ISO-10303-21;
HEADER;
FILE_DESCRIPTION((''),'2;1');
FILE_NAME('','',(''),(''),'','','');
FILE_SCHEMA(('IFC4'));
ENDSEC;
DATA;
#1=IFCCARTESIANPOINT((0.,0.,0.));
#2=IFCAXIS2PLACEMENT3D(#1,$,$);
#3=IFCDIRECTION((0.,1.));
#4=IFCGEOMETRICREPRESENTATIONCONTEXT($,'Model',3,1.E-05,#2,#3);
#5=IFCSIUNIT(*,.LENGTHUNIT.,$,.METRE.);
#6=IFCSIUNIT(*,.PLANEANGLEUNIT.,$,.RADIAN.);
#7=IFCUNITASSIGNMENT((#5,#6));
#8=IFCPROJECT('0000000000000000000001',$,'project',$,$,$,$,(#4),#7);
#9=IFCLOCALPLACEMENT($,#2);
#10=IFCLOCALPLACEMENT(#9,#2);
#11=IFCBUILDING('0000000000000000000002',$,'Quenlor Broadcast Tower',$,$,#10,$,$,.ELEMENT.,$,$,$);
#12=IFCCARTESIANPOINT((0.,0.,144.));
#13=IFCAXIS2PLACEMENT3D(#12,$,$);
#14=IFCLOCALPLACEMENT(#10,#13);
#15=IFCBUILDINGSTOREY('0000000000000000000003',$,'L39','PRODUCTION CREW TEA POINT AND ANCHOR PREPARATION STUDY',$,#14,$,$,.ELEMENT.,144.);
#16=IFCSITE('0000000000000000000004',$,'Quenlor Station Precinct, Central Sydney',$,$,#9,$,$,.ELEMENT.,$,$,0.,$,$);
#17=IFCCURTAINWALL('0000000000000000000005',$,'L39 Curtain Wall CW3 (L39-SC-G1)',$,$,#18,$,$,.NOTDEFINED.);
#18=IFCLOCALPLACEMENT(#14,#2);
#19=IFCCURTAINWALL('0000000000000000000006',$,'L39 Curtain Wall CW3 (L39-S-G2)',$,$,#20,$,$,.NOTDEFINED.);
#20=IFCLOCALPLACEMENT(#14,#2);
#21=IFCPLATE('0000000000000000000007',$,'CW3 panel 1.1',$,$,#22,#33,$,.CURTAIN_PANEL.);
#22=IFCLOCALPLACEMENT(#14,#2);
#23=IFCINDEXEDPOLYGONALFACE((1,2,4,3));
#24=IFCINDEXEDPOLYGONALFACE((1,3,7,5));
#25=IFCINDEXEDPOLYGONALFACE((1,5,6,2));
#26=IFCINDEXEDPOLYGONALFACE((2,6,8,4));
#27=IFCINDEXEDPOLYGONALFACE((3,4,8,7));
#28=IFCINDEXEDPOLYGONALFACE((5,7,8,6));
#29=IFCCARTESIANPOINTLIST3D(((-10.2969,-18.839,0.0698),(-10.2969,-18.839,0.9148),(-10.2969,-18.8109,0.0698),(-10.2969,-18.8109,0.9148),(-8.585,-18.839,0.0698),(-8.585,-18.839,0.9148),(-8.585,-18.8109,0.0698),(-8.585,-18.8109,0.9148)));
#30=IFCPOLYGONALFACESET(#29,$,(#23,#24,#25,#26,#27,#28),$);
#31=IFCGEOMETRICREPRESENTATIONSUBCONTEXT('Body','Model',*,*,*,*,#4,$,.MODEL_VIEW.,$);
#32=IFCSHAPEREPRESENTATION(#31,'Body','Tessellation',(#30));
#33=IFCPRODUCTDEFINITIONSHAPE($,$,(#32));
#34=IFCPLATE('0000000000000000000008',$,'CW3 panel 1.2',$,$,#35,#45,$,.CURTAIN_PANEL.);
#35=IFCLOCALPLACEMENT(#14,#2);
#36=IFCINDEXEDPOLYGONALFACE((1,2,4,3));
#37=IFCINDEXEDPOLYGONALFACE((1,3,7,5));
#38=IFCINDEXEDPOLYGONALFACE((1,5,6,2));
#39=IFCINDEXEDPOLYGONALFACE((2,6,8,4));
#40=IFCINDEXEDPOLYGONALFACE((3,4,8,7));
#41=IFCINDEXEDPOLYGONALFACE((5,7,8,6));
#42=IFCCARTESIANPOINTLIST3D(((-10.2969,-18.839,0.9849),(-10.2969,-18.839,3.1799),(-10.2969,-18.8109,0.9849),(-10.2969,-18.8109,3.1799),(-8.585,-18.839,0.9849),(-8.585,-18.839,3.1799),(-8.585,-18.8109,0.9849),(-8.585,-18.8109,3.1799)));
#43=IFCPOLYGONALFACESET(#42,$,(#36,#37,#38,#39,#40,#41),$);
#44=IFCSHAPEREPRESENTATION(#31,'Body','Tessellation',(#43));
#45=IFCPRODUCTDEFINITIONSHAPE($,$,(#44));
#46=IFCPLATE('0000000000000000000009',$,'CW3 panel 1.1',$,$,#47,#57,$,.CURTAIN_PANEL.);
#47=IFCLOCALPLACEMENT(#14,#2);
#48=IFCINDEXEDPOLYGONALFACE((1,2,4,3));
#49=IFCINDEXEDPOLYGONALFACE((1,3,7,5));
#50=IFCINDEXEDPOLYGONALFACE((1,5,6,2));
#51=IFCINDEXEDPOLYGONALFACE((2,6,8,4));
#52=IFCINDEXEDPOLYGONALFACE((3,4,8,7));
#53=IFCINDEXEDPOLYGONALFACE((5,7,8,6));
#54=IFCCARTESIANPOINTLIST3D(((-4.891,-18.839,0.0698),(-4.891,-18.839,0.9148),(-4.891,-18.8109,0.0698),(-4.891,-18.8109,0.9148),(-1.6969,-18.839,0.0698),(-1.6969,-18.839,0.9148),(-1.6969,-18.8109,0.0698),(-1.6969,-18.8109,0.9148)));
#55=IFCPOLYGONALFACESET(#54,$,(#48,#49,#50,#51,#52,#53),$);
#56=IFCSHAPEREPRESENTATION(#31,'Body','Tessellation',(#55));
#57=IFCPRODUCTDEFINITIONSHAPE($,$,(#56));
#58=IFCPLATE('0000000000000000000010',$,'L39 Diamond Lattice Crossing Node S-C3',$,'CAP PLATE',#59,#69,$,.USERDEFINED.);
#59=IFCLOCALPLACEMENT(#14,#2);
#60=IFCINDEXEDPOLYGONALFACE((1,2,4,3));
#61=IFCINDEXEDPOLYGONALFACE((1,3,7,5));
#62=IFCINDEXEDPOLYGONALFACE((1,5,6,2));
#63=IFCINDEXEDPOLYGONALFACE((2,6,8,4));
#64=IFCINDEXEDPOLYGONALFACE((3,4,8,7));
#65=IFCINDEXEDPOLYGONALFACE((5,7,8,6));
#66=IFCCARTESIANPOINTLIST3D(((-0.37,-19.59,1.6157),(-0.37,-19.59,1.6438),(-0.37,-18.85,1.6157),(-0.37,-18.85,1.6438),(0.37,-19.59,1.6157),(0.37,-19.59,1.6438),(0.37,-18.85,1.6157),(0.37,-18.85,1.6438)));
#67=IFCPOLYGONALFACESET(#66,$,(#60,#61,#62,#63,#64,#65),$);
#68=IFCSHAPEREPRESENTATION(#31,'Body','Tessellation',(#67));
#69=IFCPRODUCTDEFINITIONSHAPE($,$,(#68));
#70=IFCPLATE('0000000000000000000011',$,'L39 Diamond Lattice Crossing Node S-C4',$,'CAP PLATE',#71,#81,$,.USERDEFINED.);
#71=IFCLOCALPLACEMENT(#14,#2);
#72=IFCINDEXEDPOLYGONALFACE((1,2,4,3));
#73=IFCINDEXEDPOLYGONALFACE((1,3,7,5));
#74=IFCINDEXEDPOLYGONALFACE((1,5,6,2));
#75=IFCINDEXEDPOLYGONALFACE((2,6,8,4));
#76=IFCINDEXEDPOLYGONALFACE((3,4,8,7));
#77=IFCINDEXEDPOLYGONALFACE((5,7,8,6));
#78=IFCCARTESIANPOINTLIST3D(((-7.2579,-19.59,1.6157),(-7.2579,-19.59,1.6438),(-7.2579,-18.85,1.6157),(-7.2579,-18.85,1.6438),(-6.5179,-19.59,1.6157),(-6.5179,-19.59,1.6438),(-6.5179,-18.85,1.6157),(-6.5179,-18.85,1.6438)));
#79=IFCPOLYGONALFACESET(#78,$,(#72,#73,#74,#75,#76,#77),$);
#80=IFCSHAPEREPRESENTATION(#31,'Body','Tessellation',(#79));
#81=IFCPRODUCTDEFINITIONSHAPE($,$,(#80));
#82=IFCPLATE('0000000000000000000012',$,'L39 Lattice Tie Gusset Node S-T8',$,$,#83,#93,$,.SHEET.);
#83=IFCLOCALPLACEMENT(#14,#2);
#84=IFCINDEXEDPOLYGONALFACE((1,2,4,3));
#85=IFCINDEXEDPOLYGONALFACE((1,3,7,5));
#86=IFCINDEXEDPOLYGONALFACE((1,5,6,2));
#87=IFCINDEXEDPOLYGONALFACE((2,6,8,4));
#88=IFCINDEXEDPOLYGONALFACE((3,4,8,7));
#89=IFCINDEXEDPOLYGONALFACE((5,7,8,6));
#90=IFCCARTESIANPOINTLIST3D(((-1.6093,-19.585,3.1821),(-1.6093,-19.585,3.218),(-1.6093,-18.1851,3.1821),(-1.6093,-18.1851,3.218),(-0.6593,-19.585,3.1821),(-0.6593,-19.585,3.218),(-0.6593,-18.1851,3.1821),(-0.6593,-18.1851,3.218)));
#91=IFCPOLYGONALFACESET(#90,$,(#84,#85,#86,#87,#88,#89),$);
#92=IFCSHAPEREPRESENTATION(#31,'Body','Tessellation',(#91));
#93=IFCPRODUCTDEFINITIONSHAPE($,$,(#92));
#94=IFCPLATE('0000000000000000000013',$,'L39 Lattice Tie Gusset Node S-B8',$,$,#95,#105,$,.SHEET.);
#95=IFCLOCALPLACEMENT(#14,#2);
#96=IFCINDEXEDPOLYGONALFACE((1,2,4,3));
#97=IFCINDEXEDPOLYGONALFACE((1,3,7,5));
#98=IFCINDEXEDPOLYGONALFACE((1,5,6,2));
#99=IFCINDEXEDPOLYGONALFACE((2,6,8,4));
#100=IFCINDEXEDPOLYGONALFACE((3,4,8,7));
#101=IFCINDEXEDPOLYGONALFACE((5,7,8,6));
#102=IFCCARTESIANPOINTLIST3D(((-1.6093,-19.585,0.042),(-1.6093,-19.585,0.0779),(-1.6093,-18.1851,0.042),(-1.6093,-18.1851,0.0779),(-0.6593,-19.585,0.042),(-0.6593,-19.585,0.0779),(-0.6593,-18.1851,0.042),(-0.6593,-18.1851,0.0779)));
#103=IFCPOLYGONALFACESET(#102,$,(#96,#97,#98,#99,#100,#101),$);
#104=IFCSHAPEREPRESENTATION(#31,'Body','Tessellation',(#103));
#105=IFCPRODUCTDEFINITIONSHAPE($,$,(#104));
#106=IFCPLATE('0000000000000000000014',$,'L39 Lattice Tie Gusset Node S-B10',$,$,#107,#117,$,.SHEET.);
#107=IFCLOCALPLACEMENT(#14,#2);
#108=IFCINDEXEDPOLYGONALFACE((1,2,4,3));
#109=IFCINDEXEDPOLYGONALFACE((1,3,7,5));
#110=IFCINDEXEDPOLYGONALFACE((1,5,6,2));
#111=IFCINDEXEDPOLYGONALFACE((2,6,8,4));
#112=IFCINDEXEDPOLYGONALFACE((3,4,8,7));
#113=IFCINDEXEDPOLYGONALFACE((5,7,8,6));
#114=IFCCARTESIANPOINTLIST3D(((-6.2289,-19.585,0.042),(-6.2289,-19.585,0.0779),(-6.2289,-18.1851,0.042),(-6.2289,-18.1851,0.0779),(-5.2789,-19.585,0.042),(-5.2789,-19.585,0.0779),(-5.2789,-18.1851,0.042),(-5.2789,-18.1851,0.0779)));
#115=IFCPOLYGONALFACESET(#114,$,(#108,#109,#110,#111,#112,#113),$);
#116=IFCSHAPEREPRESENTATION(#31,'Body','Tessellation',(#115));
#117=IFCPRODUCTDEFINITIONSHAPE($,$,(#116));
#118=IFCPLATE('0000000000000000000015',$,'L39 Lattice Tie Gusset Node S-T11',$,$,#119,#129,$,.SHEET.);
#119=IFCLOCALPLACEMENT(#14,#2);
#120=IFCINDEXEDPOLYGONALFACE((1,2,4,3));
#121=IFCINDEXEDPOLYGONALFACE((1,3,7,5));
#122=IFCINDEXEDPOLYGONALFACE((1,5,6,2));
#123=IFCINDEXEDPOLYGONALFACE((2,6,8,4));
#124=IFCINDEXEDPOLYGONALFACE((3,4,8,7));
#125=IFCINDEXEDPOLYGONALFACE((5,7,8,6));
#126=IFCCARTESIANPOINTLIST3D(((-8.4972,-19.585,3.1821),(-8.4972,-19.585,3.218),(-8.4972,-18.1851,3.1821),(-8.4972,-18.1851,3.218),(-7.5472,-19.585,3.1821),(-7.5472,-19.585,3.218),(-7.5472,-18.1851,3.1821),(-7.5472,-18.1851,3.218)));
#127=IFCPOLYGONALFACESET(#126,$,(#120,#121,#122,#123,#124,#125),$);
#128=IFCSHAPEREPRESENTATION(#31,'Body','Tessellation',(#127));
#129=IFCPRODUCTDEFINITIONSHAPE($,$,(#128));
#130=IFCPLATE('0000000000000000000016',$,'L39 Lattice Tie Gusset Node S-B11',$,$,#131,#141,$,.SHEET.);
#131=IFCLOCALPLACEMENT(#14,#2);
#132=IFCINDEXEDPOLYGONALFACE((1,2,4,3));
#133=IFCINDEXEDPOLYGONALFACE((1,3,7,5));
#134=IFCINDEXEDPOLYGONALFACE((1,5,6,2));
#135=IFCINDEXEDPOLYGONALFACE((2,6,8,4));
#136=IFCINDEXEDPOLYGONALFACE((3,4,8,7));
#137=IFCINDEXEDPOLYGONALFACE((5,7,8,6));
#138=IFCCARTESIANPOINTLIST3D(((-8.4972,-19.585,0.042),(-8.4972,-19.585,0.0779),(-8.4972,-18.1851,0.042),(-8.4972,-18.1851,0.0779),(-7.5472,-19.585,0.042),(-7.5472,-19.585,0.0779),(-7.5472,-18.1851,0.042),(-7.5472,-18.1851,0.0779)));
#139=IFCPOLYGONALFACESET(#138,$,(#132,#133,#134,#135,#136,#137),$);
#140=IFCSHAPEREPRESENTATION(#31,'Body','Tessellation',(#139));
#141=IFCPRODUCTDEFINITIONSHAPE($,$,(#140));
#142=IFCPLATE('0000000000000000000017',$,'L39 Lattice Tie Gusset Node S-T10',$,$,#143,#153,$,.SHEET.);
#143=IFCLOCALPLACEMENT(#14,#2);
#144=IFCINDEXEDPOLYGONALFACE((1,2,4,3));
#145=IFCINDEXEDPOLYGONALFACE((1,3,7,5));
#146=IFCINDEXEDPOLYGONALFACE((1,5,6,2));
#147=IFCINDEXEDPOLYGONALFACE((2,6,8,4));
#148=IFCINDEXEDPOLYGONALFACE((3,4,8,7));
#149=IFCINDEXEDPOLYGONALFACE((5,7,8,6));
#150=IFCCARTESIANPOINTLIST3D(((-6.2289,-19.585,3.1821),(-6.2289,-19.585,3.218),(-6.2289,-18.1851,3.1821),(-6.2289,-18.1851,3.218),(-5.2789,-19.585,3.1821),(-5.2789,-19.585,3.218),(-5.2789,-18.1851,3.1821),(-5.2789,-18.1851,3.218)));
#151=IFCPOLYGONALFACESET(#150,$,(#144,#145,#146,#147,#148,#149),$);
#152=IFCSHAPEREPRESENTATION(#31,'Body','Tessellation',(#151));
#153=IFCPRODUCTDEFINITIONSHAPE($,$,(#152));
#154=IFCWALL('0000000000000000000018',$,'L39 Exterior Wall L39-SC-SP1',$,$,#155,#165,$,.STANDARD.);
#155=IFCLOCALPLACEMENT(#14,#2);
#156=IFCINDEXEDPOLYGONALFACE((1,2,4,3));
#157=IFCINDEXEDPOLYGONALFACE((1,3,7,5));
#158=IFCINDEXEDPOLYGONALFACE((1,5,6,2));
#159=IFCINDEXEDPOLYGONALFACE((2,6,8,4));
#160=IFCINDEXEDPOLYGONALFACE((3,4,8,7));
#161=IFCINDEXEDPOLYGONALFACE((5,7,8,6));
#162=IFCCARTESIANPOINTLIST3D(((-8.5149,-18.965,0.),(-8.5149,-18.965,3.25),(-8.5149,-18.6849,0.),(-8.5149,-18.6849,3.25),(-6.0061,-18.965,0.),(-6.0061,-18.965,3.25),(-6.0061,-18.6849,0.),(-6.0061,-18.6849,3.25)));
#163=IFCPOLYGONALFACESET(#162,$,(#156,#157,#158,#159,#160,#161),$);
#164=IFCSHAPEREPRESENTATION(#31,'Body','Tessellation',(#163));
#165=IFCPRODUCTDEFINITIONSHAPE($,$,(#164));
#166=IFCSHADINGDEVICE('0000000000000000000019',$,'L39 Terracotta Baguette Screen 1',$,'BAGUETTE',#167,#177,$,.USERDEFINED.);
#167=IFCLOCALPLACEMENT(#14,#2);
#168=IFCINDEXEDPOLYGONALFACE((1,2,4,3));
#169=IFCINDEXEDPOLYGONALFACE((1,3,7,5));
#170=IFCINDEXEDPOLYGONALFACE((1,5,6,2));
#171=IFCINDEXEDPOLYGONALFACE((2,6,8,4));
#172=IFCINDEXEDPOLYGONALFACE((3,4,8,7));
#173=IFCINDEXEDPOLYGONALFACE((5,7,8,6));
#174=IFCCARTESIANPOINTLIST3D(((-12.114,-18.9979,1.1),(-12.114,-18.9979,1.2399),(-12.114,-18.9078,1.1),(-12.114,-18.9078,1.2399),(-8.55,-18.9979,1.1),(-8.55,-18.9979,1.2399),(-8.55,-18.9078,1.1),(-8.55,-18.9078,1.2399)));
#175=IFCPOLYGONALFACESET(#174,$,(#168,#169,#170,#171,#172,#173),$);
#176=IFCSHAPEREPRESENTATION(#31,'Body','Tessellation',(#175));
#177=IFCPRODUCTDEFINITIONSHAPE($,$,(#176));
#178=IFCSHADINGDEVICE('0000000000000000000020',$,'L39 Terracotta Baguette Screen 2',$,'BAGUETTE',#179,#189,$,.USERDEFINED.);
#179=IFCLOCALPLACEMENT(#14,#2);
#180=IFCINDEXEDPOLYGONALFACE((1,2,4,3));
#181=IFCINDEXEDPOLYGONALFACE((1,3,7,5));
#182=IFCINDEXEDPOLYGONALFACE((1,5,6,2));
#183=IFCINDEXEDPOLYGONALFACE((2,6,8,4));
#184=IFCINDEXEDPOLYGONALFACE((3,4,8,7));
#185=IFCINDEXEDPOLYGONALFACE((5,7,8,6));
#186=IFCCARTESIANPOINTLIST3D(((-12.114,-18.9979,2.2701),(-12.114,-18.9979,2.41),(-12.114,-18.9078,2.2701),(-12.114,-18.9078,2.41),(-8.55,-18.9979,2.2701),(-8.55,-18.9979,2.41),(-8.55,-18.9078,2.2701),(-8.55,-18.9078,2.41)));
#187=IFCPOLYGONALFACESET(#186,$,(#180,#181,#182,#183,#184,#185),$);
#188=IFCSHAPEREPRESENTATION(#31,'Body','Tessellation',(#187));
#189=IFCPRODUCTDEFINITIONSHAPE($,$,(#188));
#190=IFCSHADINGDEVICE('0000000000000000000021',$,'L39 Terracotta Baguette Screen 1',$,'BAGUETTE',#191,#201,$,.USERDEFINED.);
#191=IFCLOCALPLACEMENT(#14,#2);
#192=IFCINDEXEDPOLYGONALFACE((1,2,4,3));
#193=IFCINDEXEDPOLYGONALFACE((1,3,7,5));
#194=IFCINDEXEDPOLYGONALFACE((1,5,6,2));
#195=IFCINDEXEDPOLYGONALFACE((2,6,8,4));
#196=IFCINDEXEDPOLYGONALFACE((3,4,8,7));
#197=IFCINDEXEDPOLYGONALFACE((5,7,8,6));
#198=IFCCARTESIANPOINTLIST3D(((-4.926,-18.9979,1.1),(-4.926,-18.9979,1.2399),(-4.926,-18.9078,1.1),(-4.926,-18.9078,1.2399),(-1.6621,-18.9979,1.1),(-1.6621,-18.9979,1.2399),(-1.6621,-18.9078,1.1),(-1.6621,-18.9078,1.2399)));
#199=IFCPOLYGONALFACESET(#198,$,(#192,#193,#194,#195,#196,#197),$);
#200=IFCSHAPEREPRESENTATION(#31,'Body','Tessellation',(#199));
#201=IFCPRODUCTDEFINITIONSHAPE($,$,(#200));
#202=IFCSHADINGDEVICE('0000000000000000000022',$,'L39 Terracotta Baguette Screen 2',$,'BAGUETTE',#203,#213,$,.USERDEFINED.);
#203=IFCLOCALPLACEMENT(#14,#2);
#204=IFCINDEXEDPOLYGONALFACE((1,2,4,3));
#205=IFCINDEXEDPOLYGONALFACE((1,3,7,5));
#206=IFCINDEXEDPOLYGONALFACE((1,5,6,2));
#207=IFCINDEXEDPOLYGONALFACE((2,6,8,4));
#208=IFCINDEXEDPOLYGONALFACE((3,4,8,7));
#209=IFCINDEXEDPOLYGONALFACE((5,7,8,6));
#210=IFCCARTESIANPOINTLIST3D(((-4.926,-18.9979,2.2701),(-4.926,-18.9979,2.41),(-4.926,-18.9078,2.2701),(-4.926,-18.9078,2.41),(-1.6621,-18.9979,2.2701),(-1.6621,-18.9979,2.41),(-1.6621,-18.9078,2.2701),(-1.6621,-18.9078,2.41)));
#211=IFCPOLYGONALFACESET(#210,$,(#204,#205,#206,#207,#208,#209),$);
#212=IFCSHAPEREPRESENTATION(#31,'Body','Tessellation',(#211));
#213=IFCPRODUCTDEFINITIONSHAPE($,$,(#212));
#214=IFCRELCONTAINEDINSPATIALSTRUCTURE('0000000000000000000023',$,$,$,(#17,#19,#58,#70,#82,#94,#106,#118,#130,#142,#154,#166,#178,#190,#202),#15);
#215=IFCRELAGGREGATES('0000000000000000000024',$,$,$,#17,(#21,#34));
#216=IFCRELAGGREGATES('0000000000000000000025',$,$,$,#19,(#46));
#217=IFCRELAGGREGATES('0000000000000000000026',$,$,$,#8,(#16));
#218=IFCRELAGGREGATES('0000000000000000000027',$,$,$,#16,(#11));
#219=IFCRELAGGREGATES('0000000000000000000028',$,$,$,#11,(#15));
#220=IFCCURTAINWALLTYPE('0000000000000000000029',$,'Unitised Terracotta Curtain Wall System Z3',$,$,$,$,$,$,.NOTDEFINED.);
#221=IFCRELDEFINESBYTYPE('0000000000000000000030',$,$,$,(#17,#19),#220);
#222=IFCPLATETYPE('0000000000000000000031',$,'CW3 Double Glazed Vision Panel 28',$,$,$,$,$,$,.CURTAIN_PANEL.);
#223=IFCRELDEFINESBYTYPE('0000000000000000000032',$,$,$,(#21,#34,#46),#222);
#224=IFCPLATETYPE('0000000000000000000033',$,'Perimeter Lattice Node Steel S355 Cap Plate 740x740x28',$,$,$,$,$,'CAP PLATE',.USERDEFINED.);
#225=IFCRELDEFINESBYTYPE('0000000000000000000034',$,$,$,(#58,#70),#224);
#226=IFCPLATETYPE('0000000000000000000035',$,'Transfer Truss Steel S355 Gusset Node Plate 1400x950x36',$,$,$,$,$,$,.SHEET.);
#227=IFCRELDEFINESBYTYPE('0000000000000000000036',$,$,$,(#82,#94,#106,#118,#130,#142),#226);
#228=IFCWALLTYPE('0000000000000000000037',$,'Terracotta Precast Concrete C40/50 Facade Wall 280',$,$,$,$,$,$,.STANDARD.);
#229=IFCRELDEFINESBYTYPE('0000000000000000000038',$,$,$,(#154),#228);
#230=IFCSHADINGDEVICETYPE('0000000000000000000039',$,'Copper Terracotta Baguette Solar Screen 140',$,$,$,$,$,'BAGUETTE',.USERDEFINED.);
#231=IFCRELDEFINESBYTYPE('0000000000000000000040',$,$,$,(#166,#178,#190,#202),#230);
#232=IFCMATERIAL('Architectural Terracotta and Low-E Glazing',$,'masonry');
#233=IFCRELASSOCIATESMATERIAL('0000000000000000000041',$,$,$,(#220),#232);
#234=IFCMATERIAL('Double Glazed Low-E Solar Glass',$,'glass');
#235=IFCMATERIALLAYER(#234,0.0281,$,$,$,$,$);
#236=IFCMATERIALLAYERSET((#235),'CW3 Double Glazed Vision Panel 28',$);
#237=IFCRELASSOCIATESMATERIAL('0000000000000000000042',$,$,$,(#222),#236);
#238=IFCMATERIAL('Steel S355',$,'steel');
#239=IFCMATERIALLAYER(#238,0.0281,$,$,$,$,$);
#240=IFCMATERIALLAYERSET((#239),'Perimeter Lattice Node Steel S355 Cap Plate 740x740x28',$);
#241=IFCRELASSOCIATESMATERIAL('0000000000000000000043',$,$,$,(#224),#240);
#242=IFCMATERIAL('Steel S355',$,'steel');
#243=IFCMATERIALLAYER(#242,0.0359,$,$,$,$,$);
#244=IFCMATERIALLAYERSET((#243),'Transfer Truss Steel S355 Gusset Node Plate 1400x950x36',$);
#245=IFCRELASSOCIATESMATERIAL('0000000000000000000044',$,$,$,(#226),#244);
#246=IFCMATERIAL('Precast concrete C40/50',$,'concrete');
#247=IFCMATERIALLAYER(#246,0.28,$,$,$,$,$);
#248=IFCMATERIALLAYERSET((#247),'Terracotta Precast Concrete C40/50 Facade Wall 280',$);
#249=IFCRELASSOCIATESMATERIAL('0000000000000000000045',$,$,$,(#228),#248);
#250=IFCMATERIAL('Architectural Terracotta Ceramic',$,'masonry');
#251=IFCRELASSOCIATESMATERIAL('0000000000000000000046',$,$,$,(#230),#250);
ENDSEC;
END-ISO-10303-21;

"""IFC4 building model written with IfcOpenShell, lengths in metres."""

from ifc_helpers import new_model, si_unit, direction, frame, frame_2d, origin, origin_2d, place, context, subcontext, project, spatial, rectangle, extrude, material, layer, layer_set, material_profile, profile_set, type_object, element, aggregate, save


model = new_model("IFC4")

# Units and contexts
model_context = context("Model", 3, precision=1e-05, world=origin(), true_north=direction((0.0, 1.0)))
body_context = subcontext(model_context, "Body", "Model", "MODEL_VIEW")
ifc_project = project(units=[si_unit("LENGTHUNIT", "METRE"), si_unit("PLANEANGLEUNIT", "RADIAN")], contexts=[model_context])

# Site, building, storey
site_placement = place(None, origin())
site = spatial("IfcSite", under=ifc_project, at=site_placement, Name="Quenlor Station Precinct, Central Sydney", CompositionType="ELEMENT", RefElevation=0.0)
building_placement = place(site_placement, origin())
building = spatial("IfcBuilding", under=site, at=building_placement, Name="Quenlor Broadcast Tower", CompositionType="ELEMENT")
storey_placement = place(building_placement, frame((0.0, 0.0, 144.0)))
storey = spatial("IfcBuildingStorey", under=building, at=storey_placement, Name="L39", Description="PRODUCTION CREW TEA POINT AND ANCHOR PREPARATION STUDY", CompositionType="ELEMENT", Elevation=144.0)

# Curtain wall
ifc_material_1 = material(Name="Architectural Terracotta and Low-E Glazing", Category="masonry")
curtain_wall_type = type_object("IfcCurtainWallType", Name="Unitised Terracotta Curtain Wall System Z3", PredefinedType="NOTDEFINED", material=ifc_material_1)
curtain_wall_1_placement = place(storey_placement, origin())
curtain_wall_1 = element("IfcCurtainWall", 1, at=curtain_wall_1_placement, inside=storey, type_object=curtain_wall_type, Name="L39 Curtain Wall CW3 (L39-SC-G1)", PredefinedType="NOTDEFINED")

# Curtain wall
curtain_wall_2_placement = place(storey_placement, origin())
curtain_wall_2 = element("IfcCurtainWall", 2, at=curtain_wall_2_placement, inside=storey, type_object=curtain_wall_type, Name="L39 Curtain Wall CW3 (L39-S-G2)", PredefinedType="NOTDEFINED")

# Plates
ifc_material_2 = material(Name="Double Glazed Low-E Solar Glass", Category="glass")
ifc_layer_1 = layer(ifc_material_2, 0.0281)
ifc_layer_set_1 = layer_set([ifc_layer_1], Name="CW3 Double Glazed Vision Panel 28")
plate_type_1 = type_object("IfcPlateType", Name="CW3 Double Glazed Vision Panel 28", PredefinedType="CURTAIN_PANEL", material=ifc_layer_set_1)
plate_1_placement = place(storey_placement, frame((-9.4409, -18.825, 0.0698), z_axis=(0.0, 0.0, 1.0), x_axis=(-1.0, 0.0, 0.0)))
plate_1 = element("IfcPlate", 3, at=plate_1_placement, type_object=plate_type_1, Name="CW3 panel 1.1", PredefinedType="CURTAIN_PANEL", context=body_context, shape_type="SweptSolid", body=[
    extrude(rectangle(XDim=1.7119, YDim=0.0281, at=origin_2d()), origin(), (0.0, 0.0, 1.0), 0.845),
])
plate_2_placement = place(storey_placement, frame((-9.4409, -18.825, 0.9849), z_axis=(0.0, 0.0, 1.0), x_axis=(-1.0, 0.0, 0.0)))
plate_2 = element("IfcPlate", 4, at=plate_2_placement, type_object=plate_type_1, Name="CW3 panel 1.2", PredefinedType="CURTAIN_PANEL", context=body_context, shape_type="SweptSolid", body=[
    extrude(rectangle(XDim=1.7119, YDim=0.0281, at=origin_2d()), origin(), (0.0, 0.0, 1.0), 2.1951),
])
aggregate(curtain_wall_1, [plate_1, plate_2])
plate_3_placement = place(storey_placement, frame((-3.2939, -18.825, 0.0698), z_axis=(0.0, 0.0, 1.0), x_axis=(-1.0, 0.0, 0.0)))
plate_3 = element("IfcPlate", 5, at=plate_3_placement, type_object=plate_type_1, Name="CW3 panel 1.1", PredefinedType="CURTAIN_PANEL", context=body_context, shape_type="SweptSolid", body=[
    extrude(rectangle(XDim=3.1941, YDim=0.0281, at=origin_2d()), origin(), (0.0, 0.0, 1.0), 0.845),
])
aggregate(curtain_wall_2, [plate_3])

# Plates
ifc_material_3 = material(Name="Steel S355", Category="steel")
ifc_layer_2 = layer(ifc_material_3, 0.0281)
ifc_layer_set_2 = layer_set([ifc_layer_2], Name="Perimeter Lattice Node Steel S355 Cap Plate 740x740x28")
plate_type_2 = type_object("IfcPlateType", Name="Perimeter Lattice Node Steel S355 Cap Plate 740x740x28", ElementType="CAP PLATE", PredefinedType="USERDEFINED", material=ifc_layer_set_2)
for number, where, z_axis, x_axis, name in (
    (6, (0.0, -19.22, 1.6157), (0.0, 0.0, 1.0), (-1.0, 0.0, 0.0), "L39 Diamond Lattice Crossing Node S-C3"),
    (7, (-6.8879, -19.22, 1.6157), (0.0, 0.0, 1.0), (-1.0, 0.0, 0.0), "L39 Diamond Lattice Crossing Node S-C4"),
):
    element("IfcPlate", number, at=place(storey_placement, frame(where, z_axis=z_axis, x_axis=x_axis)), inside=storey, type_object=plate_type_2, Name=name, ObjectType="CAP PLATE", PredefinedType="USERDEFINED", context=body_context, shape_type="SweptSolid", body=[
        extrude(rectangle(XDim=0.74, YDim=0.74, at=origin_2d()), origin(), (0.0, 0.0, 1.0), 0.0281),
    ])
ifc_material_4 = material(Name="Steel S355", Category="steel")
ifc_layer_3 = layer(ifc_material_4, 0.0359)
ifc_layer_set_3 = layer_set([ifc_layer_3], Name="Transfer Truss Steel S355 Gusset Node Plate 1400x950x36")
plate_type_3 = type_object("IfcPlateType", Name="Transfer Truss Steel S355 Gusset Node Plate 1400x950x36", PredefinedType="SHEET", material=ifc_layer_set_3)
for number, where, z_axis, x_axis, name in (
    (8, (-1.1343, -18.885, 3.1821), (0.0, 0.0, 1.0), (0.0, -1.0, 0.0), "L39 Lattice Tie Gusset Node S-T8"),
    (9, (-1.1343, -18.885, 0.042), (0.0, 0.0, 1.0), (0.0, -1.0, 0.0), "L39 Lattice Tie Gusset Node S-B8"),
    (10, (-5.7539, -18.885, 0.042), (0.0, 0.0, 1.0), (0.0, -1.0, 0.0), "L39 Lattice Tie Gusset Node S-B10"),
    (11, (-8.0222, -18.885, 3.1821), (0.0, 0.0, 1.0), (0.0, -1.0, 0.0), "L39 Lattice Tie Gusset Node S-T11"),
    (12, (-8.0222, -18.885, 0.042), (0.0, 0.0, 1.0), (0.0, -1.0, 0.0), "L39 Lattice Tie Gusset Node S-B11"),
    (13, (-5.7539, -18.885, 3.1821), (0.0, 0.0, 1.0), (0.0, -1.0, 0.0), "L39 Lattice Tie Gusset Node S-T10"),
):
    element("IfcPlate", number, at=place(storey_placement, frame(where, z_axis=z_axis, x_axis=x_axis)), inside=storey, type_object=plate_type_3, Name=name, PredefinedType="SHEET", context=body_context, shape_type="SweptSolid", body=[
        extrude(rectangle(XDim=1.3999, YDim=0.95, at=origin_2d()), origin(), (0.0, 0.0, 1.0), 0.0359),
    ])

# Wall
ifc_material_5 = material(Name="Precast concrete C40/50", Category="concrete")
ifc_layer_4 = layer(ifc_material_5, 0.28)
ifc_layer_set_4 = layer_set([ifc_layer_4], Name="Terracotta Precast Concrete C40/50 Facade Wall 280")
wall_type = type_object("IfcWallType", Name="Terracotta Precast Concrete C40/50 Facade Wall 280", PredefinedType="STANDARD", material=ifc_layer_set_4)
wall_placement = place(storey_placement, frame((-6.0061, -18.825, 0.0), z_axis=(0.0, 0.0, 1.0), x_axis=(-1.0, 0.0, 0.0)))
element("IfcWall", 14, at=wall_placement, inside=storey, type_object=wall_type, Name="L39 Exterior Wall L39-SC-SP1", PredefinedType="STANDARD", context=body_context, shape_type="SweptSolid", body=[
    extrude(rectangle(XDim=2.5088, YDim=0.28, at=frame_2d((1.2544, 0.0))), origin(), (0.0, 0.0, 1.0), 3.25),
])

# Shading devices
ifc_material_6 = material(Name="Architectural Terracotta Ceramic", Category="masonry")
ifc_material_profile_1 = material_profile(ifc_material_6, rectangle(XDim=0.0901, YDim=0.1399, at=origin_2d()))
ifc_profile_set_1 = profile_set([ifc_material_profile_1], Name="Architectural Terracotta Ceramic BAG90x140")
shading_device_type = type_object("IfcShadingDeviceType", Name="Copper Terracotta Baguette Solar Screen 140", ElementType="BAGUETTE", PredefinedType="USERDEFINED", material=ifc_profile_set_1)
for number, where, z_axis, x_axis, name in (
    (15, (-8.55, -18.9529, 1.1699), (-1.0, 0.0, 0.0), (0.0, -1.0, 0.0), "L39 Terracotta Baguette Screen 1"),
    (16, (-8.55, -18.9529, 2.3401), (-1.0, 0.0, 0.0), (0.0, -1.0, 0.0), "L39 Terracotta Baguette Screen 2"),
):
    element("IfcShadingDevice", number, at=place(storey_placement, frame(where, z_axis=z_axis, x_axis=x_axis)), inside=storey, type_object=shading_device_type, Name=name, ObjectType="BAGUETTE", PredefinedType="USERDEFINED", context=body_context, shape_type="SweptSolid", body=[
        extrude(rectangle(XDim=0.0901, YDim=0.1399, at=origin_2d()), origin(), (0.0, 0.0, 1.0), 3.564),
    ])
for number, where, z_axis, x_axis, name in (
    (17, (-1.6621, -18.9529, 1.1699), (-1.0, 0.0, 0.0), (0.0, -1.0, 0.0), "L39 Terracotta Baguette Screen 1"),
    (18, (-1.6621, -18.9529, 2.3401), (-1.0, 0.0, 0.0), (0.0, -1.0, 0.0), "L39 Terracotta Baguette Screen 2"),
):
    element("IfcShadingDevice", number, at=place(storey_placement, frame(where, z_axis=z_axis, x_axis=x_axis)), inside=storey, type_object=shading_device_type, Name=name, ObjectType="BAGUETTE", PredefinedType="USERDEFINED", context=body_context, shape_type="SweptSolid", body=[
        extrude(rectangle(XDim=0.0901, YDim=0.1399, at=origin_2d()), origin(), (0.0, 0.0, 1.0), 3.2639),
    ])

save(model, "model.ifc")
